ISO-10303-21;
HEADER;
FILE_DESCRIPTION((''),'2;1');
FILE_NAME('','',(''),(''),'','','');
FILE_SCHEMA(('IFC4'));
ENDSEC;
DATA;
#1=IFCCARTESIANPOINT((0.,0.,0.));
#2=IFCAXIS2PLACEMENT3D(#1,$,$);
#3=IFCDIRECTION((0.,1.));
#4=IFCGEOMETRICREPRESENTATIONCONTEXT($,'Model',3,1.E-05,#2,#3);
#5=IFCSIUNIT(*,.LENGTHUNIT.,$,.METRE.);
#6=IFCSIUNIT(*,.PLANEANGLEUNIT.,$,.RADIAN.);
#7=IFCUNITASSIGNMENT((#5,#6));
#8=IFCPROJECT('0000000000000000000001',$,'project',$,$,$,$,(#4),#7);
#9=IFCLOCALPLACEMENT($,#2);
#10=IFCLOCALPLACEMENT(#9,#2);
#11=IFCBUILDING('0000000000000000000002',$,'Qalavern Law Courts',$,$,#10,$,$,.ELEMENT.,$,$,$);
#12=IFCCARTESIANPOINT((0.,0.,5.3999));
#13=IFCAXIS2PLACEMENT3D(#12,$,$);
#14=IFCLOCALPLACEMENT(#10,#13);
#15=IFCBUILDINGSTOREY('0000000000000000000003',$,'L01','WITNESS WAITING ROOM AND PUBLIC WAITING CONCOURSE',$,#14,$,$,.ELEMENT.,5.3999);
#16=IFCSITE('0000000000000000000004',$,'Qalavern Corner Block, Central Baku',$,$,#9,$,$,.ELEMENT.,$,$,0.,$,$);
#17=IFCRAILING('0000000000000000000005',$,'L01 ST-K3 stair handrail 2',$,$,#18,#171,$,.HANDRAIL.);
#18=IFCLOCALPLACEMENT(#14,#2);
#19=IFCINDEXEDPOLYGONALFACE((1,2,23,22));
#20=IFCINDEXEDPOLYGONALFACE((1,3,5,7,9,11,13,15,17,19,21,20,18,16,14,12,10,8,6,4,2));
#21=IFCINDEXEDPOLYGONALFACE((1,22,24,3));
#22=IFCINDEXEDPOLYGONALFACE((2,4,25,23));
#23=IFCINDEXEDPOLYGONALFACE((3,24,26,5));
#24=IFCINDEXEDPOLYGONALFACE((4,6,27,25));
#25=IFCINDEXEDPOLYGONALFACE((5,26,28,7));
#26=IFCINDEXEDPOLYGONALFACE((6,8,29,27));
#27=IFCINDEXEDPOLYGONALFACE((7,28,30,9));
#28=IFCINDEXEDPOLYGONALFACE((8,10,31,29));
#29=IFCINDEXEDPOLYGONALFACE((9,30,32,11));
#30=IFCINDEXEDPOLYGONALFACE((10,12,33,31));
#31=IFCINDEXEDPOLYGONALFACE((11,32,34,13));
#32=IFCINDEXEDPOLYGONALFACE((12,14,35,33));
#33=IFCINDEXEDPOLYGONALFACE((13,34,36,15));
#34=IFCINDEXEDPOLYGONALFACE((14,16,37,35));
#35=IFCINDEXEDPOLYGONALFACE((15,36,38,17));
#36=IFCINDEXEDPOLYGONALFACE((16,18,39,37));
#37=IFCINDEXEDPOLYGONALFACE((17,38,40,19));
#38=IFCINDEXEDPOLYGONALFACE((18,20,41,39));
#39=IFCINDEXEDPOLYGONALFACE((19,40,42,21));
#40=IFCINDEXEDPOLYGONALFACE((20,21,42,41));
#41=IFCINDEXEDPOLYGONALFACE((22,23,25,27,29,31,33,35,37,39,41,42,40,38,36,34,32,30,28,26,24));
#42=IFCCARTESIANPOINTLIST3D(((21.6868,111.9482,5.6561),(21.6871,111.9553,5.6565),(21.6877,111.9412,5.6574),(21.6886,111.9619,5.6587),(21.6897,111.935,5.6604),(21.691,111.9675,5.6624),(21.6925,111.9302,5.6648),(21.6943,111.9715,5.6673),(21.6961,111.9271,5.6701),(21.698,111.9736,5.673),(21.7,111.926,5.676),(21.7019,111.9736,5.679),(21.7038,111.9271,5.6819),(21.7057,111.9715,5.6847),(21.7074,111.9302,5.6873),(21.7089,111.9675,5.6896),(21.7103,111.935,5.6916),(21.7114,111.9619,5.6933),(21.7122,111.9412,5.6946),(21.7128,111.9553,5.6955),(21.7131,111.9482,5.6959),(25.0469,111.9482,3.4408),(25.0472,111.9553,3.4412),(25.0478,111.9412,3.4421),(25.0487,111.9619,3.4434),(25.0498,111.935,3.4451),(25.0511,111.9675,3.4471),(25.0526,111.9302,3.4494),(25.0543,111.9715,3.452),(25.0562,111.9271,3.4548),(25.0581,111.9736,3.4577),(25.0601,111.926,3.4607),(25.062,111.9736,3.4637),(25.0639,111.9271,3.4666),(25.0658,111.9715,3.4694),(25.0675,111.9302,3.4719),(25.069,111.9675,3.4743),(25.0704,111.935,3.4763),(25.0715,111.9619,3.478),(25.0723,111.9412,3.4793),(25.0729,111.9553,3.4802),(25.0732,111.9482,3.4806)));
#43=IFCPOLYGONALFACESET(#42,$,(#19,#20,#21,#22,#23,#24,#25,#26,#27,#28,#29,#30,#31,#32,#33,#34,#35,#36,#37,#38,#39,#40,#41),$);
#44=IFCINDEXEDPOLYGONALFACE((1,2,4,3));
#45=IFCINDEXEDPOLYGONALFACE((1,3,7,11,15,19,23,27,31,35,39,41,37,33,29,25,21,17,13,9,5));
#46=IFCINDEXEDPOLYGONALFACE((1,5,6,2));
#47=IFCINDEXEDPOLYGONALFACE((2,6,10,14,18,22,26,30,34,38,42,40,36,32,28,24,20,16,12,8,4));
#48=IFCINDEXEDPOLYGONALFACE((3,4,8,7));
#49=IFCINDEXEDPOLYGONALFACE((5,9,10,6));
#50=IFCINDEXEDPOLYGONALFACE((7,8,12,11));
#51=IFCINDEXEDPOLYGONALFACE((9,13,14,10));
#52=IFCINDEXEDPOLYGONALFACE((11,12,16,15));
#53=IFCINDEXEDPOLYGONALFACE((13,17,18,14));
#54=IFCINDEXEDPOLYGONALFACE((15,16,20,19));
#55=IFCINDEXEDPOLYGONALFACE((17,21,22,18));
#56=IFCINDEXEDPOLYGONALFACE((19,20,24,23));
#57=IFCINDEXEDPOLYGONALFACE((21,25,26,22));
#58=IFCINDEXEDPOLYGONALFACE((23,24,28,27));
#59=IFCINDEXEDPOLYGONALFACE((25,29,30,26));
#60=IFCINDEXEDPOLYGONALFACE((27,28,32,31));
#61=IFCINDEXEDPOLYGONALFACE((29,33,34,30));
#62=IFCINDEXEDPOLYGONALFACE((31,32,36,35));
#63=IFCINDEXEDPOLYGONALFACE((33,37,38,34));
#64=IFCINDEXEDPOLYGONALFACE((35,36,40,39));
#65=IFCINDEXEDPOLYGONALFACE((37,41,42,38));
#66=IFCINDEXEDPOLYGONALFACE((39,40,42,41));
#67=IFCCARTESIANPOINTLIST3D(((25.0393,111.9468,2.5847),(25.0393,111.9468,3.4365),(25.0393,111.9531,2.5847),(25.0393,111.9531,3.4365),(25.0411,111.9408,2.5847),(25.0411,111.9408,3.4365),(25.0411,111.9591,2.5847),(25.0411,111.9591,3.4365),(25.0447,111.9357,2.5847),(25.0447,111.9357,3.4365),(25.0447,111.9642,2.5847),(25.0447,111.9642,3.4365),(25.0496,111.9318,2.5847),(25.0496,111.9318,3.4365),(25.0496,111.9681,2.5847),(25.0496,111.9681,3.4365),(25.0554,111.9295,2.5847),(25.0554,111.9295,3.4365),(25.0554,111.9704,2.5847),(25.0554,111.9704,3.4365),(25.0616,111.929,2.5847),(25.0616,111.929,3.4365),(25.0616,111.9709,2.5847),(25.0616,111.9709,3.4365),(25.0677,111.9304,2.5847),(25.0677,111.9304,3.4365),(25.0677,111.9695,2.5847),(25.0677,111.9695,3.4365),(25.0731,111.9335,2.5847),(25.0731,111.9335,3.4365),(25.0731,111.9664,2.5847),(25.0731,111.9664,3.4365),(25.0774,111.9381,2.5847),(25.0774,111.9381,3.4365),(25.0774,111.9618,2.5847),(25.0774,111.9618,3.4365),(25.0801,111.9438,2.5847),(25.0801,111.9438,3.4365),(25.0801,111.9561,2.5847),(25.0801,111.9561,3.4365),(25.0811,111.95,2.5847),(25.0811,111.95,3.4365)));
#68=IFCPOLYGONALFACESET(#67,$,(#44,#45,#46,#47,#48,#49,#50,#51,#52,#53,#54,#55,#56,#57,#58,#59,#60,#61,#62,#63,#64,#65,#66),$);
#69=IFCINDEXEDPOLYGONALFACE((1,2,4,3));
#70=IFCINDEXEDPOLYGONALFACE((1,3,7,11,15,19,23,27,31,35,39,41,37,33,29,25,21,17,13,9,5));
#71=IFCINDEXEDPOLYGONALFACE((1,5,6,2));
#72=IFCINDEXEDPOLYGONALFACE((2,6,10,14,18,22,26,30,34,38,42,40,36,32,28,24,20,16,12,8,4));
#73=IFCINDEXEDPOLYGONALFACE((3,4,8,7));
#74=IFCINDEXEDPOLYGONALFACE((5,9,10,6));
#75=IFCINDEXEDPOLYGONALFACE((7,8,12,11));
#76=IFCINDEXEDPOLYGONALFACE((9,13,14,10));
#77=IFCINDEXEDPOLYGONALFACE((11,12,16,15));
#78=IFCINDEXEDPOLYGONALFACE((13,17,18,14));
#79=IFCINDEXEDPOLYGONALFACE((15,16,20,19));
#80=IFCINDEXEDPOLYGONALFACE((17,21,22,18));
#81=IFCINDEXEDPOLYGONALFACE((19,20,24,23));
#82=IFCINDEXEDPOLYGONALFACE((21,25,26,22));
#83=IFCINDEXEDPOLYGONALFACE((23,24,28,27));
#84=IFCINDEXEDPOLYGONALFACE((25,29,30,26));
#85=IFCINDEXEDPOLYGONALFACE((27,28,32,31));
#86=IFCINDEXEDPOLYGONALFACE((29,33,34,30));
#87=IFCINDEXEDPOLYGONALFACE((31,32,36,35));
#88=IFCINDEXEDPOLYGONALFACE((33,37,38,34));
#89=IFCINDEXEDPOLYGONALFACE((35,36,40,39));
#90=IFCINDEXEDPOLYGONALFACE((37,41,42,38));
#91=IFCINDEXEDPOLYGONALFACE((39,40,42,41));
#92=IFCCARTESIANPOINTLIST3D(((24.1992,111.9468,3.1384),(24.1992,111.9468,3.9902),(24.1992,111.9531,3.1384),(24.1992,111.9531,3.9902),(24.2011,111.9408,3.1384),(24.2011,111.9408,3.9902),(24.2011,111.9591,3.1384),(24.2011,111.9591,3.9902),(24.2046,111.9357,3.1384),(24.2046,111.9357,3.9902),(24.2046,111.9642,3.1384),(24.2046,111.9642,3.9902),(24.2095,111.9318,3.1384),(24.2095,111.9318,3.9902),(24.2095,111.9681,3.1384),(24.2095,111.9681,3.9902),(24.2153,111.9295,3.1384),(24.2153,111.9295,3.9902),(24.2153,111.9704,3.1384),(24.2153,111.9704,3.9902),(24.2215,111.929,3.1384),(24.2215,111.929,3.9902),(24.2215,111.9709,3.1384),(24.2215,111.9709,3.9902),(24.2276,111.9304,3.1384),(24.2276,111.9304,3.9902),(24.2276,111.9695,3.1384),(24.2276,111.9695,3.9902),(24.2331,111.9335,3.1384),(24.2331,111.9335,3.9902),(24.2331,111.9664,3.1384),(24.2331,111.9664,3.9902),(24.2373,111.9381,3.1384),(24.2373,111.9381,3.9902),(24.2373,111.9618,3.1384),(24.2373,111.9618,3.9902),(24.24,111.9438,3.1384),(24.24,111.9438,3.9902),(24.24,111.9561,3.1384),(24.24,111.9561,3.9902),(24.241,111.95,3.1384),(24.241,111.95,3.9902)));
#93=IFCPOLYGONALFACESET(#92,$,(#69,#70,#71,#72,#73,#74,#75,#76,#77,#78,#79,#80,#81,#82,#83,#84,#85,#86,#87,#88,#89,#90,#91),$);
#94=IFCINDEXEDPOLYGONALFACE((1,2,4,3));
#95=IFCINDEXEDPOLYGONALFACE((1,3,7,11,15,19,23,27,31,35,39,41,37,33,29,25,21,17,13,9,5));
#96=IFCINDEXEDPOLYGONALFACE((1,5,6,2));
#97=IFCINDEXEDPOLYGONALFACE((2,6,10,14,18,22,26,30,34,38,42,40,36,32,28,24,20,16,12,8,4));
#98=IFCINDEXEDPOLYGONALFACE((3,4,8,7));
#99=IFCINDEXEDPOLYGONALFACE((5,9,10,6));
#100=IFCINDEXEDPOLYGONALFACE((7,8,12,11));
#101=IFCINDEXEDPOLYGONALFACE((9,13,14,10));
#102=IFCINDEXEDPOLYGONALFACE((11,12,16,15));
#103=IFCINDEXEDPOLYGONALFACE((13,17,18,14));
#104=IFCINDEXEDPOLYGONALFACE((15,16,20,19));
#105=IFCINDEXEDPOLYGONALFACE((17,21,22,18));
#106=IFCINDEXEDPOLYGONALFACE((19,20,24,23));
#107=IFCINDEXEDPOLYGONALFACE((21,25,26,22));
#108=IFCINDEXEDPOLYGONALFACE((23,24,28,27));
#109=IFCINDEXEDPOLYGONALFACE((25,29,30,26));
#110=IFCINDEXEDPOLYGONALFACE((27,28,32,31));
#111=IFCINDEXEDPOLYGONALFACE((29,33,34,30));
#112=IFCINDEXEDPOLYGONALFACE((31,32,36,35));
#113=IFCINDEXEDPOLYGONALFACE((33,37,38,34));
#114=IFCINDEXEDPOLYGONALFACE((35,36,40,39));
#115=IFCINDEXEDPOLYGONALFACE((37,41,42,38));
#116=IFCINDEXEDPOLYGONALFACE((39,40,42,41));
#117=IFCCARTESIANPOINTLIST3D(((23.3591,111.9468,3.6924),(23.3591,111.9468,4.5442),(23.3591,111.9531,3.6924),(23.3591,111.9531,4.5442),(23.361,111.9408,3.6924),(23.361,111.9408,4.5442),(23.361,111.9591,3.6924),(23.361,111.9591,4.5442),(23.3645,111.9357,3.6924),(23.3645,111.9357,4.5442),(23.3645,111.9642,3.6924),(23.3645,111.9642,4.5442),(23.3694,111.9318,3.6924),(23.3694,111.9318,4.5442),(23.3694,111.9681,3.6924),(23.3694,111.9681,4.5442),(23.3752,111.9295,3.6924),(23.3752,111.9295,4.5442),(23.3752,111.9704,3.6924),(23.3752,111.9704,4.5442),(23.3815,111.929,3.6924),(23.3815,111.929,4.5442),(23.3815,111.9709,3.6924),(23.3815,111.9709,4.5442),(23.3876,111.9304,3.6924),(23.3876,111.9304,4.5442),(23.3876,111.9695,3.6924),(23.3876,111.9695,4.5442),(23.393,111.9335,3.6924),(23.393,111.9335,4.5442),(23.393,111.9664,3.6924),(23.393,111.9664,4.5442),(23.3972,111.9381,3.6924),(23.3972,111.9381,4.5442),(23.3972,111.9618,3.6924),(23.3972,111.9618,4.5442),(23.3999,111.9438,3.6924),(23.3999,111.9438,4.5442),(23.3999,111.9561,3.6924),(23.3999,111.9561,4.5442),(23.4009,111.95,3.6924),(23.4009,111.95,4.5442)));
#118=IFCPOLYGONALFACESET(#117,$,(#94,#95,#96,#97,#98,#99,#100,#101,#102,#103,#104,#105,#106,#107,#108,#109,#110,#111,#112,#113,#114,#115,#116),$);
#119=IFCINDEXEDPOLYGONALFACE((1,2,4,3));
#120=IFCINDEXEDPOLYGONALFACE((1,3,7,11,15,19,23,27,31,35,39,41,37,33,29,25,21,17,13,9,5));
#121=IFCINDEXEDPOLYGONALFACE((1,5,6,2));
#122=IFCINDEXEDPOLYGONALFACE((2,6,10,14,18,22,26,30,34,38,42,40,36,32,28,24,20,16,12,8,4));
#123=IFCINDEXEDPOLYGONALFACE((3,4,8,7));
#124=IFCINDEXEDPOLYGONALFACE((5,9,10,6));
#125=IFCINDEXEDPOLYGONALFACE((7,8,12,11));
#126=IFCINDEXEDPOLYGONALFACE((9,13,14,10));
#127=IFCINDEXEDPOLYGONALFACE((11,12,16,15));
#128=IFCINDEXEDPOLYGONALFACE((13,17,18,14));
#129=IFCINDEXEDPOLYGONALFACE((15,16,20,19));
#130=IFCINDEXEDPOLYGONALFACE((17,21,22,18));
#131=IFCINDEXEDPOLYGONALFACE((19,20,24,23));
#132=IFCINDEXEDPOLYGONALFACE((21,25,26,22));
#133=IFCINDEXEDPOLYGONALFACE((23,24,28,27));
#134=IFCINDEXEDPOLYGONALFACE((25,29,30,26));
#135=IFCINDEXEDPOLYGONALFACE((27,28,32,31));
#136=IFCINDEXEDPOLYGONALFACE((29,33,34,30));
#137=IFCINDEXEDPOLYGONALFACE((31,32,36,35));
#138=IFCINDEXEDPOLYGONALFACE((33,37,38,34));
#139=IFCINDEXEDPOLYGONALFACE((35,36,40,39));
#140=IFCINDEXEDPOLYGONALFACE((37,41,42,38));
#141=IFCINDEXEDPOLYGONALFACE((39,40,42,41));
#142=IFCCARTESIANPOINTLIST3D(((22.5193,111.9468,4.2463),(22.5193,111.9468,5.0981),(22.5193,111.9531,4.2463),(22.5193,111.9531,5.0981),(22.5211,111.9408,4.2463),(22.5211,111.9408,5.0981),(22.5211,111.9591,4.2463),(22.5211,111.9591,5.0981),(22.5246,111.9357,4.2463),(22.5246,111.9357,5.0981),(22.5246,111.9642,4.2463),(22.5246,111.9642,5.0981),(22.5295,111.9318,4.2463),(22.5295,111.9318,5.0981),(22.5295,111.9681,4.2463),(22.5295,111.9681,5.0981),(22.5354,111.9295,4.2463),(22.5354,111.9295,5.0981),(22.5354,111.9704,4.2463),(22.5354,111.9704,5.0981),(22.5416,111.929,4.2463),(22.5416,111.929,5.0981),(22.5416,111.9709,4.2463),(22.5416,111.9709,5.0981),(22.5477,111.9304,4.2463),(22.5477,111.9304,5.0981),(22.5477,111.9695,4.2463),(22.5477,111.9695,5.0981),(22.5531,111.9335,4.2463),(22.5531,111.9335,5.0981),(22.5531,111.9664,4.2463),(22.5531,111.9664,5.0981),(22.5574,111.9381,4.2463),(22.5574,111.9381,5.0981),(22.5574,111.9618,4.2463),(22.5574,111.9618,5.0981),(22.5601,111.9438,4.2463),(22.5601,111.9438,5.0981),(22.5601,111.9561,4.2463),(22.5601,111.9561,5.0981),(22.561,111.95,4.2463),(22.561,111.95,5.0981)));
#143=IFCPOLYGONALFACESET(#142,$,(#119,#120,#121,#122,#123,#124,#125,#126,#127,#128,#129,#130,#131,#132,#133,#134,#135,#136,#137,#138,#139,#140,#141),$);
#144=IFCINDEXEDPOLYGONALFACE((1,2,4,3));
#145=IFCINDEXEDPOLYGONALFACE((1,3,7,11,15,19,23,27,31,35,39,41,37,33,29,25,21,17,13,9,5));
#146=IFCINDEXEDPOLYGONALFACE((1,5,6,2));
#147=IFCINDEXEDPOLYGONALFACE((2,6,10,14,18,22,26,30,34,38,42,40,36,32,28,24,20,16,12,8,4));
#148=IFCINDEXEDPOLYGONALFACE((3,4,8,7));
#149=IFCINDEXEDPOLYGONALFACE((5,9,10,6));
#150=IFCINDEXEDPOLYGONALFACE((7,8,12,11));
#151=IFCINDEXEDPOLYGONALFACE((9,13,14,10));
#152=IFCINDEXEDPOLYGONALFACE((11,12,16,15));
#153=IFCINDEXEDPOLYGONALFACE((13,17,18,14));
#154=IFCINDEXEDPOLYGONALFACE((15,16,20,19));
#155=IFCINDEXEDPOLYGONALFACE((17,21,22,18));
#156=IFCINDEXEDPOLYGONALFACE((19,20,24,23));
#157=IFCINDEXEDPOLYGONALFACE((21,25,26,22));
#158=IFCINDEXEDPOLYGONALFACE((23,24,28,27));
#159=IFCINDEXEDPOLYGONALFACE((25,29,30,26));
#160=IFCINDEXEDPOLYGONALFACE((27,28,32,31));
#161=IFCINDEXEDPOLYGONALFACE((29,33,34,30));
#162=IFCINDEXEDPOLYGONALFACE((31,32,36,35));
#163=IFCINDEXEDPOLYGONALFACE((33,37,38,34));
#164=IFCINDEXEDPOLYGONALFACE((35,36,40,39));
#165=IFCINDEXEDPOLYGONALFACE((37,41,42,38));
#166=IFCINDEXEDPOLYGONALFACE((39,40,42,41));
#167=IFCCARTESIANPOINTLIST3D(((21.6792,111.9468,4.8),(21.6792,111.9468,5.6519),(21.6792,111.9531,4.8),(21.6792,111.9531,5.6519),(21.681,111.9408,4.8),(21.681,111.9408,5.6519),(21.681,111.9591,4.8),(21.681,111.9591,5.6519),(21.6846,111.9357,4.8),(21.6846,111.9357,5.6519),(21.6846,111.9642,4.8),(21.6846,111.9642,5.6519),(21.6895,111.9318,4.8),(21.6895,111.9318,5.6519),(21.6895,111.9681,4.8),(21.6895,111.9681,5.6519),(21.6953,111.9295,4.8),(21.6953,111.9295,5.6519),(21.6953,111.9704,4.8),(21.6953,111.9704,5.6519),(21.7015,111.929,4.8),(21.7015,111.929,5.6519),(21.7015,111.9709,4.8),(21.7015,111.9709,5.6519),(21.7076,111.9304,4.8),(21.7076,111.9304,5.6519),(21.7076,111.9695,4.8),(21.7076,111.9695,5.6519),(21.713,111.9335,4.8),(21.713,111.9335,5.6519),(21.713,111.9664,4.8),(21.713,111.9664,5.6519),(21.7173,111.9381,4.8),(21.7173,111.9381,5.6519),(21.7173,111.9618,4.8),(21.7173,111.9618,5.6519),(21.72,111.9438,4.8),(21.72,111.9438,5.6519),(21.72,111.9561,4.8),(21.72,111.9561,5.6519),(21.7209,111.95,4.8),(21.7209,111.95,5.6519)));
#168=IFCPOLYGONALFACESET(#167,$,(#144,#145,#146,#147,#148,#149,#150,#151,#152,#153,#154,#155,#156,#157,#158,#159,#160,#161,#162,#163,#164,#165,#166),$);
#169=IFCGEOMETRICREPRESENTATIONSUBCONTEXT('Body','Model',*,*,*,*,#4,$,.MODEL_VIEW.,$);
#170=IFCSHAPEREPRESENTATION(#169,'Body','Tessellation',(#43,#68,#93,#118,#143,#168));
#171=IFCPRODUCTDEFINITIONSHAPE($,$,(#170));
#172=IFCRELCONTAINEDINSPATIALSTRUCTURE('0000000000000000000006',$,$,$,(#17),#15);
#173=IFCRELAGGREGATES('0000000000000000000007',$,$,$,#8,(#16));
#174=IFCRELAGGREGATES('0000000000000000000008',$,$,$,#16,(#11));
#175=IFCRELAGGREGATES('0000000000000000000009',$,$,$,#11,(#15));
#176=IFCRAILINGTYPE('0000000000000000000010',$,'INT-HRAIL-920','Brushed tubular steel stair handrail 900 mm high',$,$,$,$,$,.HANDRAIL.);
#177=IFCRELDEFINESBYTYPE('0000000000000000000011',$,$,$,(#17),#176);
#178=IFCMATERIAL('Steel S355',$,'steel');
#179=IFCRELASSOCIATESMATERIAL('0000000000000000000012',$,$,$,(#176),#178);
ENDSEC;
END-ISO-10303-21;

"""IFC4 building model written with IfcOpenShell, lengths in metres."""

from ifc_helpers import new_model, si_unit, direction, frame, origin, origin_2d, place, context, subcontext, project, spatial, circle, extrude, material, type_object, element, save


model = new_model("IFC4")

# Units and contexts
model_context = context("Model", 3, precision=1e-05, world=origin(), true_north=direction((0.0, 1.0)))
body_context = subcontext(model_context, "Body", "Model", "MODEL_VIEW")
ifc_project = project(units=[si_unit("LENGTHUNIT", "METRE"), si_unit("PLANEANGLEUNIT", "RADIAN")], contexts=[model_context])

# Site, building, storey
site_placement = place(None, origin())
site = spatial("IfcSite", under=ifc_project, at=site_placement, Name="Qalavern Corner Block, Central Baku", CompositionType="ELEMENT", RefElevation=0.0)
building_placement = place(site_placement, origin())
building = spatial("IfcBuilding", under=site, at=building_placement, Name="Qalavern Law Courts", CompositionType="ELEMENT")
storey_placement = place(building_placement, frame((0.0, 0.0, 5.3999)))
storey = spatial("IfcBuildingStorey", under=building, at=storey_placement, Name="L01", Description="WITNESS WAITING ROOM AND PUBLIC WAITING CONCOURSE", CompositionType="ELEMENT", Elevation=5.3999)

# Railing
ifc_material_1 = material(Name="Steel S355", Category="steel")
railing_type_1 = type_object("IfcRailingType", Name="INT-HRAIL-920", Description="Brushed tubular steel stair handrail 900 mm high", PredefinedType="HANDRAIL", material=ifc_material_1)
railing_1_placement = place(storey_placement, frame((25.0601, 111.95, 2.5847)))
element("IfcRailing", 1, at=railing_1_placement, inside=storey, type_object=railing_type_1, Name="L01 ST-K3 stair handrail 2", PredefinedType="HANDRAIL", context=body_context, shape_type="SweptSolid", body=[
    extrude(circle(Radius=0.0239, at=origin_2d()), frame((0.0, 0.0, 0.876), z_axis=(-0.834876, 0.0, 0.550437), x_axis=(0.0, -1.0, 0.0)), (0.0, 0.0, 1.0), 4.0247),
    extrude(circle(Radius=0.021, at=origin_2d()), origin(), (0.0, 0.0, 1.0), 0.8518),
    extrude(circle(Radius=0.021, at=origin_2d()), frame((-0.8401, 0.0, 0.5537)), (0.0, 0.0, 1.0), 0.8518),
    extrude(circle(Radius=0.021, at=origin_2d()), frame((-1.6802, 0.0, 1.1077)), (0.0, 0.0, 1.0), 0.8518),
    extrude(circle(Radius=0.021, at=origin_2d()), frame((-2.52, 0.0, 1.6616)), (0.0, 0.0, 1.0), 0.8518),
    extrude(circle(Radius=0.021, at=origin_2d()), frame((-3.3601, 0.0, 2.2153)), (0.0, 0.0, 1.0), 0.8518),
])

save(model, "model.ifc")
